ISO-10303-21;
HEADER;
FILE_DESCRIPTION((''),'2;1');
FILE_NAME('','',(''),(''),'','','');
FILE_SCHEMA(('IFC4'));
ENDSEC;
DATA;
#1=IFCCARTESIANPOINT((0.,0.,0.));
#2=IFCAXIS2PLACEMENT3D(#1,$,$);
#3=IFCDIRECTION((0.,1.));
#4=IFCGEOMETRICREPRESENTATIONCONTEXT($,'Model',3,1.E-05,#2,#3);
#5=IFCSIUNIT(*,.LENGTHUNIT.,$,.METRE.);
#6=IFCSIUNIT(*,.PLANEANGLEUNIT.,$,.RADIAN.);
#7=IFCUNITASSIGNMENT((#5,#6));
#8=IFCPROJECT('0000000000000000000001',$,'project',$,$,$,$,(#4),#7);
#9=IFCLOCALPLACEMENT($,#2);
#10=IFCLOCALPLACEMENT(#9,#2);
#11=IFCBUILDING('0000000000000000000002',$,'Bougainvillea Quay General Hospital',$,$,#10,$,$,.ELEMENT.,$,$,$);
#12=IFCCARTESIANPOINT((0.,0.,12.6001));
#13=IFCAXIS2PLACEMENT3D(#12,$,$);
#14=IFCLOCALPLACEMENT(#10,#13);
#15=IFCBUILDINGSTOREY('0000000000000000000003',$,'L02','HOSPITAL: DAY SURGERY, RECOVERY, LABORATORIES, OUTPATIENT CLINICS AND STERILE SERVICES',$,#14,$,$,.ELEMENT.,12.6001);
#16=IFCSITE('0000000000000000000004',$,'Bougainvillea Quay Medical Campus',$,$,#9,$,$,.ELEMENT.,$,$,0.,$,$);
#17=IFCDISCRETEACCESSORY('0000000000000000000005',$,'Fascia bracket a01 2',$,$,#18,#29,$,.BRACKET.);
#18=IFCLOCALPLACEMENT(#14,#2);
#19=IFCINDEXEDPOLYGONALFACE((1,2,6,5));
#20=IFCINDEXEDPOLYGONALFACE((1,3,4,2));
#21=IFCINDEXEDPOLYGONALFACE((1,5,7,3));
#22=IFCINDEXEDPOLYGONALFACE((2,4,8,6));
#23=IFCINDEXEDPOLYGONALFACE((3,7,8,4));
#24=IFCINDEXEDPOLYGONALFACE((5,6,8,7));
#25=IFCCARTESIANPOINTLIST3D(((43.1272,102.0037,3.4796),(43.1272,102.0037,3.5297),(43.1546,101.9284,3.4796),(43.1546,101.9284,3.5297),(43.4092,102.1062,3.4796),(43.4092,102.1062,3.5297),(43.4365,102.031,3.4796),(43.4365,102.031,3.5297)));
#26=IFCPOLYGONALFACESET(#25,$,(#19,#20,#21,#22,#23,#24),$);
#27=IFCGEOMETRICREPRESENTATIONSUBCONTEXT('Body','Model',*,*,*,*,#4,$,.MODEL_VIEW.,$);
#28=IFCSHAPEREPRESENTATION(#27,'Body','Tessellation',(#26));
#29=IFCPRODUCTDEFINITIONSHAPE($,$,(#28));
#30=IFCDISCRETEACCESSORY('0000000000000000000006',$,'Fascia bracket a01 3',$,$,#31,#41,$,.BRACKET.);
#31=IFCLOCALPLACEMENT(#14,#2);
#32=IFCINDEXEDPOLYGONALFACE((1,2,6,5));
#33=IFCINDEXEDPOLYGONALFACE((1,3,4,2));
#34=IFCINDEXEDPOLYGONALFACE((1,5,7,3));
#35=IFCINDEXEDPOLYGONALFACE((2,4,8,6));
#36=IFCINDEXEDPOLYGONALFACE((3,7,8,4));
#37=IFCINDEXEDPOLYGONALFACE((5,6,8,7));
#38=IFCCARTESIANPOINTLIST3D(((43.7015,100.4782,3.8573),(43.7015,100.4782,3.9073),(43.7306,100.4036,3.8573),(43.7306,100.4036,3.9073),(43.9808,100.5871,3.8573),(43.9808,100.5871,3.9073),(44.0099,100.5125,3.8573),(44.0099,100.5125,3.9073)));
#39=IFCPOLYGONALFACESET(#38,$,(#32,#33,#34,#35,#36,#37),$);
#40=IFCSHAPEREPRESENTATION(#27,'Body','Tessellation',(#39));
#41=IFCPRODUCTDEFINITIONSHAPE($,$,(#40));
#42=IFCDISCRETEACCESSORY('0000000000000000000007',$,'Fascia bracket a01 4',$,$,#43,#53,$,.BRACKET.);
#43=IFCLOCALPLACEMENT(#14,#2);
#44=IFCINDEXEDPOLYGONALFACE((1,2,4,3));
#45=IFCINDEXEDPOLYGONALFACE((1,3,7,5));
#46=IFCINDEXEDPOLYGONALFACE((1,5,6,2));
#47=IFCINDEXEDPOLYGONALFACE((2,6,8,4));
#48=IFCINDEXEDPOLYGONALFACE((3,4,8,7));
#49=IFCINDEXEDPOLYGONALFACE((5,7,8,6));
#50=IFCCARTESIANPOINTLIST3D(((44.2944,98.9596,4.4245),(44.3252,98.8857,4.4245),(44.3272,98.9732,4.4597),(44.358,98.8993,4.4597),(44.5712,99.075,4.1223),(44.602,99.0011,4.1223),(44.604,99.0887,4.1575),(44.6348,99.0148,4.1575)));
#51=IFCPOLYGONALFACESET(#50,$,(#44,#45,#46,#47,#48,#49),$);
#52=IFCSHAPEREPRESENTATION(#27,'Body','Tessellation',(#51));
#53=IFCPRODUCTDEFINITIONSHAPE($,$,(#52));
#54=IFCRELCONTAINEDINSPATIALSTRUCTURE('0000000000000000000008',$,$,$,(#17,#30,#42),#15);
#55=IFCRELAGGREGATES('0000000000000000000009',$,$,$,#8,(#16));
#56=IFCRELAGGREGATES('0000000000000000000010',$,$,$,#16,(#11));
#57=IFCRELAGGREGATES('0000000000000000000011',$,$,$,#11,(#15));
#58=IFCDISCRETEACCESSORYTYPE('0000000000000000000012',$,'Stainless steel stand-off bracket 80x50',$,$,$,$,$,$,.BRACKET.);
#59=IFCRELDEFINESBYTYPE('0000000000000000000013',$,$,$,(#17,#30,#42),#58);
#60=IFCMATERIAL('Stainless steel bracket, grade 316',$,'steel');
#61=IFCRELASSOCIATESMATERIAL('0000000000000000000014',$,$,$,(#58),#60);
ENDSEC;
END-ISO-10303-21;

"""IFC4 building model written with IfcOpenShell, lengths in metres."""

from ifc_helpers import new_model, si_unit, direction, frame, origin, origin_2d, place, context, subcontext, project, spatial, rectangle, extrude, material, material_profile, profile_set, type_object, element, save


model = new_model("IFC4")

# Units and contexts
model_context = context("Model", 3, precision=1e-05, world=origin(), true_north=direction((0.0, 1.0)))
body_context = subcontext(model_context, "Body", "Model", "MODEL_VIEW")
ifc_project = project(units=[si_unit("LENGTHUNIT", "METRE"), si_unit("PLANEANGLEUNIT", "RADIAN")], contexts=[model_context])

# Site, building, storey
site_placement = place(None, origin())
site = spatial("IfcSite", under=ifc_project, at=site_placement, Name="Bougainvillea Quay Medical Campus", CompositionType="ELEMENT", RefElevation=0.0)
building_placement = place(site_placement, origin())
building = spatial("IfcBuilding", under=site, at=building_placement, Name="Bougainvillea Quay General Hospital", CompositionType="ELEMENT")
storey_placement = place(building_placement, frame((0.0, 0.0, 12.6001)))
storey = spatial("IfcBuildingStorey", under=building, at=storey_placement, Name="L02", Description="HOSPITAL: DAY SURGERY, RECOVERY, LABORATORIES, OUTPATIENT CLINICS AND STERILE SERVICES", CompositionType="ELEMENT", Elevation=12.6001)

# Discrete accessories
ifc_material_1 = material(Name="Stainless steel bracket, grade 316", Category="steel")
ifc_material_profile_1 = material_profile(ifc_material_1, rectangle(XDim=0.0801, YDim=0.05, at=origin_2d()))
ifc_profile_set_1 = profile_set([ifc_material_profile_1], Name="Stainless steel bracket, grade 316")
discrete_accessory_type = type_object("IfcDiscreteAccessoryType", Name="Stainless steel stand-off bracket 80x50", PredefinedType="BRACKET", material=ifc_profile_set_1)
discrete_accessory_1_placement = place(storey_placement, frame((43.4229, 102.0686, 3.5046), z_axis=(-0.939793, -0.341743, 0.0), x_axis=(0.341743, -0.939793, 0.0)))
element("IfcDiscreteAccessory", 1, at=discrete_accessory_1_placement, inside=storey, type_object=discrete_accessory_type, Name="Fascia bracket a01 2", PredefinedType="BRACKET", context=body_context, shape_type="SweptSolid", body=[
    extrude(rectangle(XDim=0.0801, YDim=0.05, at=origin_2d()), origin(), (0.0, 0.0, 1.0), 0.3),
])
discrete_accessory_2_placement = place(storey_placement, frame((43.9954, 100.5498, 3.8823), z_axis=(-0.931699, -0.363232, 0.0), x_axis=(0.363232, -0.931699, 0.0)))
element("IfcDiscreteAccessory", 2, at=discrete_accessory_2_placement, inside=storey, type_object=discrete_accessory_type, Name="Fascia bracket a01 3", PredefinedType="BRACKET", context=body_context, shape_type="SweptSolid", body=[
    extrude(rectangle(XDim=0.0801, YDim=0.05, at=origin_2d()), origin(), (0.0, 0.0, 1.0), 0.2998),
])
discrete_accessory_3_placement = place(storey_placement, frame((44.603, 99.0449, 4.1399), z_axis=(-0.650145, -0.27118, 0.70977), x_axis=(0.384962, -0.922932, 0.0)))
element("IfcDiscreteAccessory", 3, at=discrete_accessory_3_placement, inside=storey, type_object=discrete_accessory_type, Name="Fascia bracket a01 4", PredefinedType="BRACKET", context=body_context, shape_type="SweptSolid", body=[
    extrude(rectangle(XDim=0.0801, YDim=0.05, at=origin_2d()), origin(), (0.0, 0.0, 1.0), 0.4258),
])

save(model, "model.ifc")
